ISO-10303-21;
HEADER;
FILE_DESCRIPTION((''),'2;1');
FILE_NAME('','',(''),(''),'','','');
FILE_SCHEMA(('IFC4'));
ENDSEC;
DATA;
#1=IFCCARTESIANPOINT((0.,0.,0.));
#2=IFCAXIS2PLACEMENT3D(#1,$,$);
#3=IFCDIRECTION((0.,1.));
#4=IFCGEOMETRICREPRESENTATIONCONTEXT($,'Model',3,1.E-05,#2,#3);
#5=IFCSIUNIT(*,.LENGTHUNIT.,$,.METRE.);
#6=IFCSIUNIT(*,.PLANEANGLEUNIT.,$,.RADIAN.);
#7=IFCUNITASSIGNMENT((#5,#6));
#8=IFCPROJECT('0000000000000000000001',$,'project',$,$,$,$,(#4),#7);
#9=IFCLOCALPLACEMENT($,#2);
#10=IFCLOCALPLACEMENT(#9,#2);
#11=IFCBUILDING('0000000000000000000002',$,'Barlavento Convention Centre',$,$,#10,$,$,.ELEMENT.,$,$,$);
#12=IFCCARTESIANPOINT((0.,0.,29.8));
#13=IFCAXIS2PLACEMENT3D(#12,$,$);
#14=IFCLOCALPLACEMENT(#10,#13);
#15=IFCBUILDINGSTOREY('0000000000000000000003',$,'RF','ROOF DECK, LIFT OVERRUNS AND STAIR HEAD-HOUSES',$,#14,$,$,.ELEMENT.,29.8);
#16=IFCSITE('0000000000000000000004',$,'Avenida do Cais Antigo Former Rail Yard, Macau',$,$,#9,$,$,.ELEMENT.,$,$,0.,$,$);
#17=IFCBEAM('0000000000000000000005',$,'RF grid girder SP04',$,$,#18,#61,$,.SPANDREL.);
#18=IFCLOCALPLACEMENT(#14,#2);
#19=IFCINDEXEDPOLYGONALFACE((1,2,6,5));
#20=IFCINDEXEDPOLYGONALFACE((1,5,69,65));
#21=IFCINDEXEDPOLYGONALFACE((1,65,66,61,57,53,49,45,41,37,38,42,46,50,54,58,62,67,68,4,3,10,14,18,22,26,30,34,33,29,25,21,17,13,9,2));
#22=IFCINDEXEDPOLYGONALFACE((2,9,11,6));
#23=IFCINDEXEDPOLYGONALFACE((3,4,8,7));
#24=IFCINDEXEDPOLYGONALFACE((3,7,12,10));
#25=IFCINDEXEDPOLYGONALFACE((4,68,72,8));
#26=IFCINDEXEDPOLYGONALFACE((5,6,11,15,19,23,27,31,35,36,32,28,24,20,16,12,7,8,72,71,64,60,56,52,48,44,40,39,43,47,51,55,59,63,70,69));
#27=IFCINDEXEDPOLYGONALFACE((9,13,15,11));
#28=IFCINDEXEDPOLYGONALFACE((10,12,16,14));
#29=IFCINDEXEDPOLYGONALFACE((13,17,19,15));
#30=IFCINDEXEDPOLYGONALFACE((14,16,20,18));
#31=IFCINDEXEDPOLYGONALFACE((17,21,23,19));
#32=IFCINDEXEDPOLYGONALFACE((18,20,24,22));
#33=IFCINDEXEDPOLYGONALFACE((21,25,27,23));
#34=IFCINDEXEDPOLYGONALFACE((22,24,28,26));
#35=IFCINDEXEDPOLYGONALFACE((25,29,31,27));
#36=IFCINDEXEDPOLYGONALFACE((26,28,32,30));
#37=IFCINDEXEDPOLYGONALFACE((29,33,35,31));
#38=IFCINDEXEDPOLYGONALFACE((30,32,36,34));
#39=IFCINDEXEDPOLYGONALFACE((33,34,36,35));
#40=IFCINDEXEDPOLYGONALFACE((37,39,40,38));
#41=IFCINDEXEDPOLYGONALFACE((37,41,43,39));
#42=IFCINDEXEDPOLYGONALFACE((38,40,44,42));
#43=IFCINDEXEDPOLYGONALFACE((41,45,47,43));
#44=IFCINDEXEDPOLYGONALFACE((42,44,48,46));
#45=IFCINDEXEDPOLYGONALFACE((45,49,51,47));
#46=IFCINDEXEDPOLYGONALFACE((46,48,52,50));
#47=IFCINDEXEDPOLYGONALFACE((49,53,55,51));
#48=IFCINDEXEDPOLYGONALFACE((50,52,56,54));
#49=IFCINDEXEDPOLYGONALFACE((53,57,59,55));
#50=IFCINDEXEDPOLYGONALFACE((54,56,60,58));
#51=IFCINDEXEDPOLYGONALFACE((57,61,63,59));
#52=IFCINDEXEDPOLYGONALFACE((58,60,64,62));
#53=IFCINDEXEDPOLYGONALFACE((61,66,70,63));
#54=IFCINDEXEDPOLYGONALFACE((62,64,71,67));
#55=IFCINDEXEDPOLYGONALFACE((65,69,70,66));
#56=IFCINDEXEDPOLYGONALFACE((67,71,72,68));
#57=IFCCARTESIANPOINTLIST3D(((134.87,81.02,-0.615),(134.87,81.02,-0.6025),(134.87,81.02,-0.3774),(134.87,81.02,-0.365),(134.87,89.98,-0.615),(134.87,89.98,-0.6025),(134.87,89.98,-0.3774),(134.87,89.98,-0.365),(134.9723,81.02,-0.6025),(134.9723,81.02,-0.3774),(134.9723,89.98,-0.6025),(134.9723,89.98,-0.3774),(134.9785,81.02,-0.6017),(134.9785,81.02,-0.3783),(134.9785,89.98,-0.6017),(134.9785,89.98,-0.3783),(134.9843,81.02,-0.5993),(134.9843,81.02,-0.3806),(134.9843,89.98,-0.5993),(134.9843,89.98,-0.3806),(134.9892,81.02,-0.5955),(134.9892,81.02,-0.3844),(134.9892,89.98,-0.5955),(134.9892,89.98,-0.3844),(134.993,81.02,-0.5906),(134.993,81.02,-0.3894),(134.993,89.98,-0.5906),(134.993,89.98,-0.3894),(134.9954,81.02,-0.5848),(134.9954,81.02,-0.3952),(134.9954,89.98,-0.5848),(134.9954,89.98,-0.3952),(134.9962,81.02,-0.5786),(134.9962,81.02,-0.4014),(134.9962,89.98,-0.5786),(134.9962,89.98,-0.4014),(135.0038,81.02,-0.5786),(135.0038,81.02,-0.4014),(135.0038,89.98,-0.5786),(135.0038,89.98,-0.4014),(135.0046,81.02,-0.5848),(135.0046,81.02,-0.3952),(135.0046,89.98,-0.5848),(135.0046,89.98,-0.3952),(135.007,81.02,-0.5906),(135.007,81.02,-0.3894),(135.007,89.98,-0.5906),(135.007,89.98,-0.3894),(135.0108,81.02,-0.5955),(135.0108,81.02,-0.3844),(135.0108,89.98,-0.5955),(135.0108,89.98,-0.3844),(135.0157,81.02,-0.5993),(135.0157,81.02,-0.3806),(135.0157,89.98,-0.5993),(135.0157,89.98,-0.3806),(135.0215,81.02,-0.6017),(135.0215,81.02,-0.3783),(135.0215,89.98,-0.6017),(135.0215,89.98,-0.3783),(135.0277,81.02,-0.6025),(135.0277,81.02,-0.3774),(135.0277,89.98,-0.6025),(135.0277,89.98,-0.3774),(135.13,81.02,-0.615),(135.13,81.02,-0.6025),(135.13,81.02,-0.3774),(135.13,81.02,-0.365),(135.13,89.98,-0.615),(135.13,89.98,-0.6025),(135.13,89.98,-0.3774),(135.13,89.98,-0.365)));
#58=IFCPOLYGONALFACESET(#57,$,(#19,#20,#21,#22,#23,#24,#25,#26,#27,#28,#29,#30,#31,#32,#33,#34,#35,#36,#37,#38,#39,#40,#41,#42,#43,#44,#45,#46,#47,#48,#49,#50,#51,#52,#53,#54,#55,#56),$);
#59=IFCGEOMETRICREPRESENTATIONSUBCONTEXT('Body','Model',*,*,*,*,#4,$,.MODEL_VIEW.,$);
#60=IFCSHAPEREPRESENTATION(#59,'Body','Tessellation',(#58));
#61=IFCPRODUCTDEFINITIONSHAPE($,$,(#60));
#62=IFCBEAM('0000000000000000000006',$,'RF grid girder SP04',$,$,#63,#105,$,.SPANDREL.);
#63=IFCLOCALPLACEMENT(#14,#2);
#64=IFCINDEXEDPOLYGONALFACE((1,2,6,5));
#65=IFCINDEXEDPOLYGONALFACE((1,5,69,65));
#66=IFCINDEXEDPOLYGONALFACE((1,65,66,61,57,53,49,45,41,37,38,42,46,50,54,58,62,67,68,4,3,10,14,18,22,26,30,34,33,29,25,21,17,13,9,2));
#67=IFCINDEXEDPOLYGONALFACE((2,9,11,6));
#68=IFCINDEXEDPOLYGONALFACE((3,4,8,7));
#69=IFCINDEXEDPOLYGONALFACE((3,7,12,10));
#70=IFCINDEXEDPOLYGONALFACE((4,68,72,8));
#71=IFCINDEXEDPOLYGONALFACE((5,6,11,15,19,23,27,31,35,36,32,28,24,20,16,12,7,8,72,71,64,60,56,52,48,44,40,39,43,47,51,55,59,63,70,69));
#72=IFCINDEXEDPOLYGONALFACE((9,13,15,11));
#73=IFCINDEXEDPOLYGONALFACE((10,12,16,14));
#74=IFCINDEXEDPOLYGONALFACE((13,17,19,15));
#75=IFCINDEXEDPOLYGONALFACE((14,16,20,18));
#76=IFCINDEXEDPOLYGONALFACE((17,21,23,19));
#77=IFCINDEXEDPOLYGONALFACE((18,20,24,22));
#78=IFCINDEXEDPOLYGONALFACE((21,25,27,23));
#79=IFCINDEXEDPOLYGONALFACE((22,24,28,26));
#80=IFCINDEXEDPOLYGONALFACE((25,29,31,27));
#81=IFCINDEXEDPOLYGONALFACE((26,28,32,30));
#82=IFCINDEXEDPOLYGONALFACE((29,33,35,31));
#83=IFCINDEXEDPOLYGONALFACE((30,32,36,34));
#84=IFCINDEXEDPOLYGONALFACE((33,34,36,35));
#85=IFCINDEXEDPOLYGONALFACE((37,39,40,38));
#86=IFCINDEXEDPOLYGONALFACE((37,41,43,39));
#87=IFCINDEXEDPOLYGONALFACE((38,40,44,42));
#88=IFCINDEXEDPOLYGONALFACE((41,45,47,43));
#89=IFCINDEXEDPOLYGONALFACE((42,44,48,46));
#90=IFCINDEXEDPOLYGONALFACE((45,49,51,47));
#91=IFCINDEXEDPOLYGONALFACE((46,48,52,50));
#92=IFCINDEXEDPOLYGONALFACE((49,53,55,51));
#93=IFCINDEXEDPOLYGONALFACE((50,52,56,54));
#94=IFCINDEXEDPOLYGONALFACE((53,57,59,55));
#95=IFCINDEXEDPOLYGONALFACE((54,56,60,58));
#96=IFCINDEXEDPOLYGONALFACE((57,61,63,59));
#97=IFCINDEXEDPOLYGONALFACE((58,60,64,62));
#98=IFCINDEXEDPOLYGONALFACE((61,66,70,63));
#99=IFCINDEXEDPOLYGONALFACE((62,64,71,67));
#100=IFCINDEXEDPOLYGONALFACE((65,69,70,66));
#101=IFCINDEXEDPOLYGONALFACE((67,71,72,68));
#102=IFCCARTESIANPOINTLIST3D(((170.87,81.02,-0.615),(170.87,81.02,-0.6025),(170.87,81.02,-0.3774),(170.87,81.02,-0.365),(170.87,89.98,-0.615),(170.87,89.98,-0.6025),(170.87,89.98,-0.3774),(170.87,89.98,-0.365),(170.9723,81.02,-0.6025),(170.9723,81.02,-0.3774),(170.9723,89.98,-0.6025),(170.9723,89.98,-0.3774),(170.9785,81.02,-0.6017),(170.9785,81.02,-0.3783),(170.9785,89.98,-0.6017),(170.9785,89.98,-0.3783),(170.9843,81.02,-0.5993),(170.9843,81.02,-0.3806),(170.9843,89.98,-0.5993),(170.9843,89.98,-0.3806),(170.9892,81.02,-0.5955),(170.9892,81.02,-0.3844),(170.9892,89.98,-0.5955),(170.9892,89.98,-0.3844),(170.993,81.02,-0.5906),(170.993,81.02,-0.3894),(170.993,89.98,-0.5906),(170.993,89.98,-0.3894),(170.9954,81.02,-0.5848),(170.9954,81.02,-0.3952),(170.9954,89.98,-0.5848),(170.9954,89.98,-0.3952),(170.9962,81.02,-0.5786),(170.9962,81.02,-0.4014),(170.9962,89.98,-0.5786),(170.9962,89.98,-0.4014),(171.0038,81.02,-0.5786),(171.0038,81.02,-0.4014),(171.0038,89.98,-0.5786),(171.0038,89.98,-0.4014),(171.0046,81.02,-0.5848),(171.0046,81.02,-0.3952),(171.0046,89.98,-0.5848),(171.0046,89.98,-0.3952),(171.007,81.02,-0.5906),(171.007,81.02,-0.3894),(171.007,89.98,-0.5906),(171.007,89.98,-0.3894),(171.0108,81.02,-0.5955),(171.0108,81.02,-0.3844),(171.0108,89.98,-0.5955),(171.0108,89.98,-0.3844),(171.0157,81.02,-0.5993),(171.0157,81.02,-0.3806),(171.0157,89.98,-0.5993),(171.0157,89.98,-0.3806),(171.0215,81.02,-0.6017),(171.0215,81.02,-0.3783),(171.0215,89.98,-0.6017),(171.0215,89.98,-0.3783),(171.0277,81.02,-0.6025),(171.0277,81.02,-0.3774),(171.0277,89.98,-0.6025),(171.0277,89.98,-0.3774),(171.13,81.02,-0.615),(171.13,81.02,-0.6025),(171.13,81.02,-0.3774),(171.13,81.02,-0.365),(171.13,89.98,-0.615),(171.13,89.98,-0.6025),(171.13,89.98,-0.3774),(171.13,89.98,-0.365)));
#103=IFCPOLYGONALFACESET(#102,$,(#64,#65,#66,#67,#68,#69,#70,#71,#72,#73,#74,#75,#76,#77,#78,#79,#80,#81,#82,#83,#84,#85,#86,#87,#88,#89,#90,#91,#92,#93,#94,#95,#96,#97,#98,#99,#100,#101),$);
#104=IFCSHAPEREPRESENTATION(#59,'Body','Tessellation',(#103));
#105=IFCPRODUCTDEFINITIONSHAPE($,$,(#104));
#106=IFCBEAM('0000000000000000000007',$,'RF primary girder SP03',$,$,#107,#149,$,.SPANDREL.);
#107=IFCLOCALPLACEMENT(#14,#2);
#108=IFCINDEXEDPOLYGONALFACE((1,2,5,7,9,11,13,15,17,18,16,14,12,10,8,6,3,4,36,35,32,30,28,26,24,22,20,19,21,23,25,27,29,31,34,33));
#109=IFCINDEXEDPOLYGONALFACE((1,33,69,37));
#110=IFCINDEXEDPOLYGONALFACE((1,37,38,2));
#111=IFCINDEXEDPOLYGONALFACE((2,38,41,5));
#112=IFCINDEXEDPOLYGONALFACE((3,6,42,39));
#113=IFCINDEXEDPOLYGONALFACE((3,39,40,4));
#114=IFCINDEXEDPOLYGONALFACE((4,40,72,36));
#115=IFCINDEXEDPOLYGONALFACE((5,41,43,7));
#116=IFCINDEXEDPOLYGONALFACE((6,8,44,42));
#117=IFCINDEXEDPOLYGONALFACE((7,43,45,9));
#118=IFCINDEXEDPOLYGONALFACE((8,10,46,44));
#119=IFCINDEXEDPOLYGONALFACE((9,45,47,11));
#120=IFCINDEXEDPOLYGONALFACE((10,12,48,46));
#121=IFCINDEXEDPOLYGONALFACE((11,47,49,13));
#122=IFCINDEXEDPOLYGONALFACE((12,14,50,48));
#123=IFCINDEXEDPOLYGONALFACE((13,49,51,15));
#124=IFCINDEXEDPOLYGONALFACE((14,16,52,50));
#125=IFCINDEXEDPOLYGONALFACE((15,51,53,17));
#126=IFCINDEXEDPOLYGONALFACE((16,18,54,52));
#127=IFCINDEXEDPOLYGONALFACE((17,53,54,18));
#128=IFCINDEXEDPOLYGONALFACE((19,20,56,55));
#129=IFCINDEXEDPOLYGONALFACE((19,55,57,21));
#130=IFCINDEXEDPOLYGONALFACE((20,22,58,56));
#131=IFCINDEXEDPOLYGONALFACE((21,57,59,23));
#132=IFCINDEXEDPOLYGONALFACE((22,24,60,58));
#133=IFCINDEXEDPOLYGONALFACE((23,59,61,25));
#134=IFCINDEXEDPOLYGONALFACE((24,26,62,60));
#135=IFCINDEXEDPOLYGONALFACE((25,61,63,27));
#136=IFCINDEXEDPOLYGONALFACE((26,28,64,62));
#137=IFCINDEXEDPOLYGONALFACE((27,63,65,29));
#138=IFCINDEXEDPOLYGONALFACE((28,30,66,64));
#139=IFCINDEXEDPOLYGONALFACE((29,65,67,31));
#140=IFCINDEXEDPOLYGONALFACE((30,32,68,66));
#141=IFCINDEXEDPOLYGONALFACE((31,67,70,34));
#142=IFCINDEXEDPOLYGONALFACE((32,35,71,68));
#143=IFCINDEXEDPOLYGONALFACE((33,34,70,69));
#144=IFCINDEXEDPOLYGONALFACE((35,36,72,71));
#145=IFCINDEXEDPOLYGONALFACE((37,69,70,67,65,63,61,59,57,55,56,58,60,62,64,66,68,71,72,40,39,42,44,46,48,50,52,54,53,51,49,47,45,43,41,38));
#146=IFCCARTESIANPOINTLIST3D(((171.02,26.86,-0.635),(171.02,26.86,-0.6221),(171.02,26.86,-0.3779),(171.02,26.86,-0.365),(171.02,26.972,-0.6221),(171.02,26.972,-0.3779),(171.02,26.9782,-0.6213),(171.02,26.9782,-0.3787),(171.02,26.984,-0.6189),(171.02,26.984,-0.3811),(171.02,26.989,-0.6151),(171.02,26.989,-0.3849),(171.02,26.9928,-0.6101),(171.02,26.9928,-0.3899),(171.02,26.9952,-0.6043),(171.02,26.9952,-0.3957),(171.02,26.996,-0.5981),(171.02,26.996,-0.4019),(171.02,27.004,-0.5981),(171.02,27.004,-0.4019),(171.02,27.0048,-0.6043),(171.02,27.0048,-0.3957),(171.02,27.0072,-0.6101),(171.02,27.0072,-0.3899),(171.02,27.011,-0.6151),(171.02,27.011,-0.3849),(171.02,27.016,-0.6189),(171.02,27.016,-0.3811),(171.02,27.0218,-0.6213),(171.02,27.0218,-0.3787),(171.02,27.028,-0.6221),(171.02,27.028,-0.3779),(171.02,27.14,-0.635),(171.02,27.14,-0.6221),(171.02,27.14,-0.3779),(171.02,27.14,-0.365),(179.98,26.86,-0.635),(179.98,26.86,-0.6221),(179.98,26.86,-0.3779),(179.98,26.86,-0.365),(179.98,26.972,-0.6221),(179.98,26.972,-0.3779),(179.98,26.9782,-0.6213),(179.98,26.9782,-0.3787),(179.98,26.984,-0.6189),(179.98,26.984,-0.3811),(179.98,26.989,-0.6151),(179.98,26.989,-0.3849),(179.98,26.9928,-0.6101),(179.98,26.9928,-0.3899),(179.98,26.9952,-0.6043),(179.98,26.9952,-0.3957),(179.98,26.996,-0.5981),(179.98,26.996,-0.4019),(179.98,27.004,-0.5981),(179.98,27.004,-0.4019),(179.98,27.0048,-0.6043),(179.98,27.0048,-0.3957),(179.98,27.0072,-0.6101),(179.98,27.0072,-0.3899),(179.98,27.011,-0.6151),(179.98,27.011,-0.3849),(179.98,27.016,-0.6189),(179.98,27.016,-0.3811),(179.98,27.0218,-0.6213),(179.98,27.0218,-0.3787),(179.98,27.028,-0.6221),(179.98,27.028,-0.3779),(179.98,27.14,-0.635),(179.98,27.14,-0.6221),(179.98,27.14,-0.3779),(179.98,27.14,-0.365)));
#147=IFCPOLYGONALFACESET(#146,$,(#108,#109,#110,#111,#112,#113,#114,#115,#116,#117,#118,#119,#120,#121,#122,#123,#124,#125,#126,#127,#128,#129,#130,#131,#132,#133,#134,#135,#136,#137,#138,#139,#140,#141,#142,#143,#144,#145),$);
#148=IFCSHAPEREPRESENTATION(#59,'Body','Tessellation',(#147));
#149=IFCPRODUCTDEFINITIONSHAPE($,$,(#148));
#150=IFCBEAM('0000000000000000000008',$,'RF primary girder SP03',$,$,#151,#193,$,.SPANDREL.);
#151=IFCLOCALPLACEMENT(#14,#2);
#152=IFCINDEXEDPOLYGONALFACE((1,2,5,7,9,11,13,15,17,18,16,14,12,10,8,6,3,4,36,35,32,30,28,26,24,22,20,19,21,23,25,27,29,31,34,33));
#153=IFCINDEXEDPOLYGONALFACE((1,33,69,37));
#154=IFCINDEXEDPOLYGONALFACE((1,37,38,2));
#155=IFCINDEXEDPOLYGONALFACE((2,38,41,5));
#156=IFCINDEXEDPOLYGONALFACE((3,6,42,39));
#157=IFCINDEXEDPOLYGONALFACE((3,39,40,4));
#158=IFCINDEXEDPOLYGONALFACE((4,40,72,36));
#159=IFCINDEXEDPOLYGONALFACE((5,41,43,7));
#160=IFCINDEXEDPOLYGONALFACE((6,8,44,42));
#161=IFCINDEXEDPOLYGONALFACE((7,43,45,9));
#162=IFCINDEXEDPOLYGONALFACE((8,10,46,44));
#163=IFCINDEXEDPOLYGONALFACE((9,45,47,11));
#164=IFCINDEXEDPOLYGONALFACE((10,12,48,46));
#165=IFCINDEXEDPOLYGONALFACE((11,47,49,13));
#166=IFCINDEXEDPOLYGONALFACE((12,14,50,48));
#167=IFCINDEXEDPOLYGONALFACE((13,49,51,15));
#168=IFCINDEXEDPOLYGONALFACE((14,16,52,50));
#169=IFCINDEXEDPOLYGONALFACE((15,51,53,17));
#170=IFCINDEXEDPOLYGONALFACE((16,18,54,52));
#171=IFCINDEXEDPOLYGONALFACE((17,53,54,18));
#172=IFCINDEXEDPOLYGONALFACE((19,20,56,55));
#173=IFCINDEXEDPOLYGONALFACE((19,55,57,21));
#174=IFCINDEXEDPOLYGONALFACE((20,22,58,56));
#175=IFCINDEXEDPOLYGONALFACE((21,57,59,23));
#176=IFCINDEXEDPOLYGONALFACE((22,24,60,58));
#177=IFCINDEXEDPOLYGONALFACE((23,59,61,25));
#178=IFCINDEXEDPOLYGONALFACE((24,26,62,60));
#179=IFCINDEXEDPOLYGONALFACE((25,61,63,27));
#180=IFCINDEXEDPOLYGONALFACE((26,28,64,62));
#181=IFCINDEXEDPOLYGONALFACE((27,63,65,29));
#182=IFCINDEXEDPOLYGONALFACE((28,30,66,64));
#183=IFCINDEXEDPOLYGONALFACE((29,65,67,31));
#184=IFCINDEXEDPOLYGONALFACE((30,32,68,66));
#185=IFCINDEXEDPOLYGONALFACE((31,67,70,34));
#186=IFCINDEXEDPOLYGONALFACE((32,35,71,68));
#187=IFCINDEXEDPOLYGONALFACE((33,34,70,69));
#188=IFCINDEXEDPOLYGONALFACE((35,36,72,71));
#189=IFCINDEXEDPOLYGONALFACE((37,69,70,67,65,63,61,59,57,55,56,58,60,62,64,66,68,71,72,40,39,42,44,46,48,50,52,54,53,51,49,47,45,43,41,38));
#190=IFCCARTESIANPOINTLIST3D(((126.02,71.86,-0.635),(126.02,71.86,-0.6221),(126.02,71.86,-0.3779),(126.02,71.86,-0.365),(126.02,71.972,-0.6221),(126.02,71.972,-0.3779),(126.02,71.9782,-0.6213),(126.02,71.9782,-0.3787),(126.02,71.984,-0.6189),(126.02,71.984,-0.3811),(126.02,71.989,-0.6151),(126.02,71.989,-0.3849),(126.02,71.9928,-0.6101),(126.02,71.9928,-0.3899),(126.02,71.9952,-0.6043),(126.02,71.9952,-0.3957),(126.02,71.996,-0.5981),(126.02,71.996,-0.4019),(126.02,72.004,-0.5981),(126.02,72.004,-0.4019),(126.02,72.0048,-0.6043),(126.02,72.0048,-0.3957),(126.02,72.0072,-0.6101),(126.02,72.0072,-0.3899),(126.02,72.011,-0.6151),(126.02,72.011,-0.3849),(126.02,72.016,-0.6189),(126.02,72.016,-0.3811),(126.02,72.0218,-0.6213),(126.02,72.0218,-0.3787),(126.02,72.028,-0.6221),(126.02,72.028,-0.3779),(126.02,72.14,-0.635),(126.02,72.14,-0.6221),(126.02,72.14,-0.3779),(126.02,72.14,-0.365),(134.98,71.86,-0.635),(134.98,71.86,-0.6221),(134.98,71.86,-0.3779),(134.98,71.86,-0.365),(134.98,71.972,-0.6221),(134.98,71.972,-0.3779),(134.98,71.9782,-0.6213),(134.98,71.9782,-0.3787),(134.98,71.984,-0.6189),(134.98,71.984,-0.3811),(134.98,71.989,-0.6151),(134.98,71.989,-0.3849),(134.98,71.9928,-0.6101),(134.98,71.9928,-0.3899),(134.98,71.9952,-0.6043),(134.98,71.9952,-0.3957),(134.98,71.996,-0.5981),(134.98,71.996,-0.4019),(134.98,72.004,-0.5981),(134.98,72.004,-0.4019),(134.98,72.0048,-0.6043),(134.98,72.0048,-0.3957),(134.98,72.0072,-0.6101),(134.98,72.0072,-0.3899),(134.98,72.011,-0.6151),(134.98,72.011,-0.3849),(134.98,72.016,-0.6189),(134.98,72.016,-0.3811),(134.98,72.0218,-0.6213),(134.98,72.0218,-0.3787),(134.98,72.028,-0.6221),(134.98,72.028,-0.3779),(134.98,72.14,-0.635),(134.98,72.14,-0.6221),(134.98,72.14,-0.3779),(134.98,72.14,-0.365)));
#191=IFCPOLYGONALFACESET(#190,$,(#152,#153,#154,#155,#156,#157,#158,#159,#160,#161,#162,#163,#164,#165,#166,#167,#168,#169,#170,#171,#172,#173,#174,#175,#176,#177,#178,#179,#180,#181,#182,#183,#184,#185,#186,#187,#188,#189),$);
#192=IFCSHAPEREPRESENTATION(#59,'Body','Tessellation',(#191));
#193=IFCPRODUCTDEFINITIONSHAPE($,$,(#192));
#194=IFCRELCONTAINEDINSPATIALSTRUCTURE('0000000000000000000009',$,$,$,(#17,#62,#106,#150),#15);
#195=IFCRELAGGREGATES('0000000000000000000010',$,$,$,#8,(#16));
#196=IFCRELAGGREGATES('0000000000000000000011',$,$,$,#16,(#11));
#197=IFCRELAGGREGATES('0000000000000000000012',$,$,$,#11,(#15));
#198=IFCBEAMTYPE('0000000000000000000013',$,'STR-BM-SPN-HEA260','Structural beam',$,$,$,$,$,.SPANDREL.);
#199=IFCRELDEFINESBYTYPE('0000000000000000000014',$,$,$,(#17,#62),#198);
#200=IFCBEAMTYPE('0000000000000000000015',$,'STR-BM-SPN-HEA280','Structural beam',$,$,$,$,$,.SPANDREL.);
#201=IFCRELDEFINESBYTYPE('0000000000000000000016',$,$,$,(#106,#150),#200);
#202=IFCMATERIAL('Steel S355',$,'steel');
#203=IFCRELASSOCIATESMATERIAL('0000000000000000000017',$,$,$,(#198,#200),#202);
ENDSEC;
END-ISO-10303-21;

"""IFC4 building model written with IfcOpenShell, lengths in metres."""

from ifc_helpers import new_model, si_unit, direction, frame, origin, origin_2d, place, context, subcontext, project, spatial, i_section, extrude, material, material_profile, profile_set, type_object, element, save


model = new_model("IFC4")

# Units and contexts
model_context = context("Model", 3, precision=1e-05, world=origin(), true_north=direction((0.0, 1.0)))
body_context = subcontext(model_context, "Body", "Model", "MODEL_VIEW")
ifc_project = project(units=[si_unit("LENGTHUNIT", "METRE"), si_unit("PLANEANGLEUNIT", "RADIAN")], contexts=[model_context])

# Site, building, storey
site_placement = place(None, origin())
site = spatial("IfcSite", under=ifc_project, at=site_placement, Name="Avenida do Cais Antigo Former Rail Yard, Macau", CompositionType="ELEMENT", RefElevation=0.0)
building_placement = place(site_placement, origin())
building = spatial("IfcBuilding", under=site, at=building_placement, Name="Barlavento Convention Centre", CompositionType="ELEMENT")
storey_placement = place(building_placement, frame((0.0, 0.0, 29.8)))
storey = spatial("IfcBuildingStorey", under=building, at=storey_placement, Name="RF", Description="ROOF DECK, LIFT OVERRUNS AND STAIR HEAD-HOUSES", CompositionType="ELEMENT", Elevation=29.8)

# Beams
ifc_material_1 = material(Name="Steel S355", Category="steel")
ifc_material_profile_1 = material_profile(ifc_material_1, i_section(OverallWidth=0.26, OverallDepth=0.25, WebThickness=0.0076, FlangeThickness=0.0125, FilletRadius=0.0239, at=origin_2d()), Name="HEA 260")
ifc_profile_set_1 = profile_set([ifc_material_profile_1], Name="Steel S355")
beam_type_1 = type_object("IfcBeamType", Name="STR-BM-SPN-HEA260", Description="Structural beam", PredefinedType="SPANDREL", material=ifc_profile_set_1)
for number, where, z_axis, x_axis, name in (
    (1, (135.0, 81.02, -0.49), (0.0, 1.0, 0.0), (-1.0, 0.0, 0.0), "RF grid girder SP04"),
    (2, (171.0, 81.02, -0.49), (0.0, 1.0, 0.0), (-1.0, 0.0, 0.0), "RF grid girder SP04"),
):
    element("IfcBeam", number, at=place(storey_placement, frame(where, z_axis=z_axis, x_axis=x_axis)), inside=storey, type_object=beam_type_1, Name=name, PredefinedType="SPANDREL", context=body_context, shape_type="SweptSolid", body=[
        extrude(i_section(OverallWidth=0.26, OverallDepth=0.25, WebThickness=0.0076, FlangeThickness=0.0125, FilletRadius=0.0239, at=origin_2d()), origin(), (0.0, 0.0, 1.0), 8.96),
    ])
ifc_material_profile_2 = material_profile(ifc_material_1, i_section(OverallWidth=0.28, OverallDepth=0.27, WebThickness=0.0081, FlangeThickness=0.0129, FilletRadius=0.0239, at=origin_2d()), Name="HEA 280")
ifc_profile_set_2 = profile_set([ifc_material_profile_2], Name="Steel S355")
beam_type_2 = type_object("IfcBeamType", Name="STR-BM-SPN-HEA280", Description="Structural beam", PredefinedType="SPANDREL", material=ifc_profile_set_2)
for number, where, z_axis, x_axis, name in (
    (3, (171.02, 27.0, -0.5), (1.0, 0.0, 0.0), (0.0, 1.0, 0.0), "RF primary girder SP03"),
    (4, (126.02, 72.0, -0.5), (1.0, 0.0, 0.0), (0.0, 1.0, 0.0), "RF primary girder SP03"),
):
    element("IfcBeam", number, at=place(storey_placement, frame(where, z_axis=z_axis, x_axis=x_axis)), inside=storey, type_object=beam_type_2, Name=name, PredefinedType="SPANDREL", context=body_context, shape_type="SweptSolid", body=[
        extrude(i_section(OverallWidth=0.28, OverallDepth=0.27, WebThickness=0.0081, FlangeThickness=0.0129, FilletRadius=0.0239, at=origin_2d()), origin(), (0.0, 0.0, 1.0), 8.96),
    ])

save(model, "model.ifc")
